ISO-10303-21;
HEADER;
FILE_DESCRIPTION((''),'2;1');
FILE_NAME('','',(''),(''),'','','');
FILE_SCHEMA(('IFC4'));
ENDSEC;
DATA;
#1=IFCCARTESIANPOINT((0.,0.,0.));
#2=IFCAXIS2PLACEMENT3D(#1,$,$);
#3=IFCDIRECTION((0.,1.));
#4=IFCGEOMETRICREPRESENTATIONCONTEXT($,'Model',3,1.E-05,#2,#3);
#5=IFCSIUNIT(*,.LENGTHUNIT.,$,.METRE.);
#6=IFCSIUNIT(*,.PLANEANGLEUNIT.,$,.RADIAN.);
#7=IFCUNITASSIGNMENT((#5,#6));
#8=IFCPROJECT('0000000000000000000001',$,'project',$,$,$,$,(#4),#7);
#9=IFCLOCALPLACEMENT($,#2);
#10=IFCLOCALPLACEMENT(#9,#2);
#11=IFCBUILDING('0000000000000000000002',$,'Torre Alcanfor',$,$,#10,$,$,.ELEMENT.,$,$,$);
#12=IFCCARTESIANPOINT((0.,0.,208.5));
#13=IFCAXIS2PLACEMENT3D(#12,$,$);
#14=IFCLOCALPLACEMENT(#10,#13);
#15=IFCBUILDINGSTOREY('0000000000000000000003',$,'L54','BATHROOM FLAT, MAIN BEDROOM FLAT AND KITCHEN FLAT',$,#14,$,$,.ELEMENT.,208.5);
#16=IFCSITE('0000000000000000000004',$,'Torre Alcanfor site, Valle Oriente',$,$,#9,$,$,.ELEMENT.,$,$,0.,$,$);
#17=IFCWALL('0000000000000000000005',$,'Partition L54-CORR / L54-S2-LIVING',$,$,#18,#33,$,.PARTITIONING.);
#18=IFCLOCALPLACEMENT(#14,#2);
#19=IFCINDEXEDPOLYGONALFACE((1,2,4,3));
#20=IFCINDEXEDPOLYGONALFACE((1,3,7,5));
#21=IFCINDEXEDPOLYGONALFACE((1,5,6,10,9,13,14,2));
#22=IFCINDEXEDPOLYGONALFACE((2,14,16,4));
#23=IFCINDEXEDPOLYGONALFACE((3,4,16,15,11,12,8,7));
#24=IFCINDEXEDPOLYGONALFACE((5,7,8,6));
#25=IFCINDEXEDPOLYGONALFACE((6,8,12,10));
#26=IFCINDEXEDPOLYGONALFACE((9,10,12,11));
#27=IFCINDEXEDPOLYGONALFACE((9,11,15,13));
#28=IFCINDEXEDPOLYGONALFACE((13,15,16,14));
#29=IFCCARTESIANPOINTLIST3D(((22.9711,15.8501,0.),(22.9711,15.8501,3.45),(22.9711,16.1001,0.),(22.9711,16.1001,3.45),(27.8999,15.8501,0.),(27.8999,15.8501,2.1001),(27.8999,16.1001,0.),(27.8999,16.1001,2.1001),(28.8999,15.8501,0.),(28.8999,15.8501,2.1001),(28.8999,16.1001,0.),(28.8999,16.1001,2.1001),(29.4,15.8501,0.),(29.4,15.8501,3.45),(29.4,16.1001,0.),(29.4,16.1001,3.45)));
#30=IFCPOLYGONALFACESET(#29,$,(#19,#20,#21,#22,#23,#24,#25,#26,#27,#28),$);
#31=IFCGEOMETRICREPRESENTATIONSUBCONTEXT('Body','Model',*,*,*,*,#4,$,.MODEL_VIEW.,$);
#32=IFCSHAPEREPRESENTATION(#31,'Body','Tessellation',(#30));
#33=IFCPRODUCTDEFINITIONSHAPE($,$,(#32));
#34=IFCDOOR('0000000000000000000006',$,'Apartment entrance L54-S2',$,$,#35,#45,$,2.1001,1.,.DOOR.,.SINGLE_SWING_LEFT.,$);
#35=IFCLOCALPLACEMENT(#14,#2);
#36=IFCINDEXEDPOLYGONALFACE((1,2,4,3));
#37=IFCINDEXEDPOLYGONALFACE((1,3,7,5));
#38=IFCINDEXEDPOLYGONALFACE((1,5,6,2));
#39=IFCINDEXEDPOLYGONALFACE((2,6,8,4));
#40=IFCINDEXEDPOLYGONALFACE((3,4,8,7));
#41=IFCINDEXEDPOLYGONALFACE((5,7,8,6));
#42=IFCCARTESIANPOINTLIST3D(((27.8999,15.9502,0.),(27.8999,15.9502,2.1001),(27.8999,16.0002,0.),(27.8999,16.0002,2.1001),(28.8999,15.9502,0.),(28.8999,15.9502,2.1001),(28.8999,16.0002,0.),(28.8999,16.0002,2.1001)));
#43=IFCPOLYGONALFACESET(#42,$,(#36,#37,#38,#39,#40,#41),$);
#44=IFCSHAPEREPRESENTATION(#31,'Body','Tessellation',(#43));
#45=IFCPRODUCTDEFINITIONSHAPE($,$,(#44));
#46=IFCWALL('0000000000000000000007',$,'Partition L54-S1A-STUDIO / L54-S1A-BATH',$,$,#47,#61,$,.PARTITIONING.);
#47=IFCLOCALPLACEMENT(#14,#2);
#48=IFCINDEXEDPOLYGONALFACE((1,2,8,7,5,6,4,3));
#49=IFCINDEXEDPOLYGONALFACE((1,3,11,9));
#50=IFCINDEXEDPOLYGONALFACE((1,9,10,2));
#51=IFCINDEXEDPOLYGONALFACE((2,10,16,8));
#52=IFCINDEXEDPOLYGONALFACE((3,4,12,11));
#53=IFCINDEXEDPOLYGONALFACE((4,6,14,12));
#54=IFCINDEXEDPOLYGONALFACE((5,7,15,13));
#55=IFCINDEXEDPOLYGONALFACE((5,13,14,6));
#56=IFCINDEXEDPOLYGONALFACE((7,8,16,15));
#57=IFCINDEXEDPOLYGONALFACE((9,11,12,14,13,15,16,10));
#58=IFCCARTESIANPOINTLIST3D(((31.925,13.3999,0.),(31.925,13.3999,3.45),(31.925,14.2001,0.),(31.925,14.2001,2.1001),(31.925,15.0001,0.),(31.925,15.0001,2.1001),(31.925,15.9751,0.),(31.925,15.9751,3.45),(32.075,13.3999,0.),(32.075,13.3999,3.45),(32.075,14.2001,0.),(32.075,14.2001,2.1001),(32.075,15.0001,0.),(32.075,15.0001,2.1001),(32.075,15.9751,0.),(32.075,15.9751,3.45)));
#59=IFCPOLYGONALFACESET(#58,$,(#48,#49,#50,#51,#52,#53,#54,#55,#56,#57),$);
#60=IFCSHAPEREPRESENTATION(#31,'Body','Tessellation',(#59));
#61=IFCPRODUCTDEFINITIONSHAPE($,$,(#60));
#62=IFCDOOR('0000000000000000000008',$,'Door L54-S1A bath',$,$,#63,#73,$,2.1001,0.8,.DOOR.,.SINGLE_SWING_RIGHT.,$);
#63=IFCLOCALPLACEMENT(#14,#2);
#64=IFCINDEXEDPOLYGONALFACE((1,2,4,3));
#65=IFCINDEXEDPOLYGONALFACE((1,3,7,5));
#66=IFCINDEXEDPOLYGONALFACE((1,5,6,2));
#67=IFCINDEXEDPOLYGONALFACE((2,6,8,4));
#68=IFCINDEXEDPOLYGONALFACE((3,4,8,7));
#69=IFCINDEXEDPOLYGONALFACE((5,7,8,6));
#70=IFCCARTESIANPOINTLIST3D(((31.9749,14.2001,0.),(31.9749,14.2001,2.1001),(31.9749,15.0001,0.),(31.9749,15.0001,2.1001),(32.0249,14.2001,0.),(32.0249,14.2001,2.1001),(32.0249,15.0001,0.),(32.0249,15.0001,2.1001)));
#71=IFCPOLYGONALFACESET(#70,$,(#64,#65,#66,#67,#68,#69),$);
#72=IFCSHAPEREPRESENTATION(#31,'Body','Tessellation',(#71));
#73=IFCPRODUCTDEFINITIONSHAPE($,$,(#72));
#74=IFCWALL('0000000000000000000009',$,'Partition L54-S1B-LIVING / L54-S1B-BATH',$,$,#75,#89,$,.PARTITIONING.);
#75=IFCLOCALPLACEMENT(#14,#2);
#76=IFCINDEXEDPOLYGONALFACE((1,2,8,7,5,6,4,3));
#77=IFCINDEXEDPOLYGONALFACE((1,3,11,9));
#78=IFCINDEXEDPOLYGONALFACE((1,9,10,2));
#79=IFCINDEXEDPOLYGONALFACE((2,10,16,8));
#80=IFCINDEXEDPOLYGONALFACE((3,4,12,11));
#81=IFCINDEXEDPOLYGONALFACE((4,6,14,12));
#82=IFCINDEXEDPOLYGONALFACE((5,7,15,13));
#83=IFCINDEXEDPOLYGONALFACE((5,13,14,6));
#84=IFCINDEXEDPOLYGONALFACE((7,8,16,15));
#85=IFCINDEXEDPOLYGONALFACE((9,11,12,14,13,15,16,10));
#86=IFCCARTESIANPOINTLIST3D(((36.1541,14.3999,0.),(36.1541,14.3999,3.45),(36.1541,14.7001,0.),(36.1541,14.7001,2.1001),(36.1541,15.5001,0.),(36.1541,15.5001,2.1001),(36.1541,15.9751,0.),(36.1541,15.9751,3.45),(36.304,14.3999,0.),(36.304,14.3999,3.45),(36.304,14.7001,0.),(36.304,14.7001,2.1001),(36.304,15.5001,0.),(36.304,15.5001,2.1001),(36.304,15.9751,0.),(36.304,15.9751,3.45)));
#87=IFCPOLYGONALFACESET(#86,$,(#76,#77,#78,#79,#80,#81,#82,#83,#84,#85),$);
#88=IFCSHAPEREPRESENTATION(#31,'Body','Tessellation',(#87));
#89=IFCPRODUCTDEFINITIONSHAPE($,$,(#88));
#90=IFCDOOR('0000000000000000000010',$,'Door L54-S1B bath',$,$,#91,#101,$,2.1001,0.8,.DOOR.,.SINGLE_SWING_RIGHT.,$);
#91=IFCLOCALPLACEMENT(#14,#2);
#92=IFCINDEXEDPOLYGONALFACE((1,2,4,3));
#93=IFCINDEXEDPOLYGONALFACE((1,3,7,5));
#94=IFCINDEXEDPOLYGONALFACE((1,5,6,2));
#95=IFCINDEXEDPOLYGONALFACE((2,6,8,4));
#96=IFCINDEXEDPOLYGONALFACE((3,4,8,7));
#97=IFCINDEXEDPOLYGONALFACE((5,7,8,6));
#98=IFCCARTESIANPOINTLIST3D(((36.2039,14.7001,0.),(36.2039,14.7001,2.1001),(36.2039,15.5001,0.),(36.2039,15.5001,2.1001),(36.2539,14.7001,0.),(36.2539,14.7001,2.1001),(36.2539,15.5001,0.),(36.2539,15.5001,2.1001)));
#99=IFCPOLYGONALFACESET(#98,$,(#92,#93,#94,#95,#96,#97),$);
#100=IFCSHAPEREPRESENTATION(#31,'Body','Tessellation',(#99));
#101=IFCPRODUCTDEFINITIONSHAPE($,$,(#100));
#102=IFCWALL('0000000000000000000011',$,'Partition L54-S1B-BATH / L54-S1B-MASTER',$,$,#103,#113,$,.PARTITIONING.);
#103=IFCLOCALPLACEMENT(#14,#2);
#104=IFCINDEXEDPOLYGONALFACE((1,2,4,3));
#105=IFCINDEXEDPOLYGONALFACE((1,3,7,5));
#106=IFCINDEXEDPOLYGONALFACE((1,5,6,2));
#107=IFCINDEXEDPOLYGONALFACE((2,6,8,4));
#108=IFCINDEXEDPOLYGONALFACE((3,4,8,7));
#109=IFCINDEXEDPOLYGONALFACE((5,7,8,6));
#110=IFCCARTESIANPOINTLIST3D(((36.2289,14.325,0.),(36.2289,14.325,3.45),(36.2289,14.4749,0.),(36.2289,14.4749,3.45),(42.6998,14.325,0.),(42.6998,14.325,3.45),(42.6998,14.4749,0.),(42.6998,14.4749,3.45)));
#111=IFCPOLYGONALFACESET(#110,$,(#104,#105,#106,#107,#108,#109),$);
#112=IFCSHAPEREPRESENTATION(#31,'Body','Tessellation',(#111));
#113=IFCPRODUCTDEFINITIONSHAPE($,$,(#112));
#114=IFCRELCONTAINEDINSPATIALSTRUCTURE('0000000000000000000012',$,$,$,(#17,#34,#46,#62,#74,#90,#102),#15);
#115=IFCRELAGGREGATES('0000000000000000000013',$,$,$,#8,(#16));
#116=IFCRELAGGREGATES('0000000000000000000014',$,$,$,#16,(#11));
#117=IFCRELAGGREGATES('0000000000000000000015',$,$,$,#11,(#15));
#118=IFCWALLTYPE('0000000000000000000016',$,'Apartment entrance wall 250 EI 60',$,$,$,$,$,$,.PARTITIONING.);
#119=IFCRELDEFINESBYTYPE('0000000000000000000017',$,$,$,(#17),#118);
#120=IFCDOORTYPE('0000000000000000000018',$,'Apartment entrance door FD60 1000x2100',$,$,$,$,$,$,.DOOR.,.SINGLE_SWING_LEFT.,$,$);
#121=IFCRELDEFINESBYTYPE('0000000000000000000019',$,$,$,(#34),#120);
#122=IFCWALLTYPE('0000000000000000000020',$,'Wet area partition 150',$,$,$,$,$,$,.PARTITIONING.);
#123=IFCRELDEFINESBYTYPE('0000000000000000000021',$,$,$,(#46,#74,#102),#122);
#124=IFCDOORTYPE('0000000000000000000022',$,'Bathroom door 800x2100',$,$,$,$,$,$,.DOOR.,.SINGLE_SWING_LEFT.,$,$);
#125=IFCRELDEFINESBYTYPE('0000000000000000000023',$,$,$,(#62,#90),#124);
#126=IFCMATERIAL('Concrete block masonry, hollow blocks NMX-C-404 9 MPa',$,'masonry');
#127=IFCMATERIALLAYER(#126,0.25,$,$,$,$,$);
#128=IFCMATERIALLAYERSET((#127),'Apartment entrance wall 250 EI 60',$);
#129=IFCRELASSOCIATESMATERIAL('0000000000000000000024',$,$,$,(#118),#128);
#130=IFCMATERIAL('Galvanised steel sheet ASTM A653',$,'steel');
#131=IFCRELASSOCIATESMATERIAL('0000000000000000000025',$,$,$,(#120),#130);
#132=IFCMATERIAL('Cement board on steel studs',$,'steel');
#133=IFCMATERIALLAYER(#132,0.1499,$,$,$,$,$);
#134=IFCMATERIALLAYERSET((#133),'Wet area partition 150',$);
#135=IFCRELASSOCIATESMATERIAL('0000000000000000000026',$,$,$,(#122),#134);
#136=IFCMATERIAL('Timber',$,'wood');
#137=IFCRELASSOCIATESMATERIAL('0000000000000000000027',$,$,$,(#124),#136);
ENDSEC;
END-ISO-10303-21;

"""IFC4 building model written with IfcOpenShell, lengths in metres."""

from ifc_helpers import new_model, si_unit, direction, frame, frame_2d, origin, place, context, subcontext, project, spatial, rectangle, extrude, material, layer, layer_set, type_object, element, fill, save


model = new_model("IFC4")

# Units and contexts
model_context = context("Model", 3, precision=1e-05, world=origin(), true_north=direction((0.0, 1.0)))
body_context = subcontext(model_context, "Body", "Model", "MODEL_VIEW")
ifc_project = project(units=[si_unit("LENGTHUNIT", "METRE"), si_unit("PLANEANGLEUNIT", "RADIAN")], contexts=[model_context])

# Site, building, storey
site_placement = place(None, origin())
site = spatial("IfcSite", under=ifc_project, at=site_placement, Name="Torre Alcanfor site, Valle Oriente", CompositionType="ELEMENT", RefElevation=0.0)
building_placement = place(site_placement, origin())
building = spatial("IfcBuilding", under=site, at=building_placement, Name="Torre Alcanfor", CompositionType="ELEMENT")
storey_placement = place(building_placement, frame((0.0, 0.0, 208.5)))
storey = spatial("IfcBuildingStorey", under=building, at=storey_placement, Name="L54", Description="BATHROOM FLAT, MAIN BEDROOM FLAT AND KITCHEN FLAT", CompositionType="ELEMENT", Elevation=208.5)

# Shared definitions
ifc_material_1 = material(Name="Concrete block masonry, hollow blocks NMX-C-404 9 MPa", Category="masonry")
ifc_layer_1 = layer(ifc_material_1, 0.25)
ifc_layer_set_1 = layer_set([ifc_layer_1], Name="Apartment entrance wall 250 EI 60")
wall_type_1 = type_object("IfcWallType", Name="Apartment entrance wall 250 EI 60", PredefinedType="PARTITIONING", material=ifc_layer_set_1)
ifc_material_2 = material(Name="Galvanised steel sheet ASTM A653", Category="steel")
door_type_1 = type_object("IfcDoorType", Name="Apartment entrance door FD60 1000x2100", OperationType="SINGLE_SWING_LEFT", PredefinedType="DOOR", material=ifc_material_2)

# Walls, openings, doors
wall_1_placement = place(storey_placement, frame((29.3999, 15.9751, 0.0), z_axis=(0.0, 0.0, 1.0), x_axis=(-1.0, 0.0, 0.0)))
wall_1 = element("IfcWall", 1, at=wall_1_placement, inside=storey, type_object=wall_type_1, Name="Partition L54-CORR / L54-S2-LIVING", PredefinedType="PARTITIONING", context=body_context, shape_type="SweptSolid", body=[
    extrude(rectangle(XDim=6.429, YDim=0.25, at=frame_2d((3.2144, 0.0))), origin(), (0.0, 0.0, 1.0), 3.45),
])
opening_1_placement = place(wall_1_placement, frame((0.5, 0.0, 0.0)))
opening_1 = element("IfcOpeningElement", 2, at=opening_1_placement, cuts=wall_1, PredefinedType="OPENING", context=body_context, shape_type="SweptSolid", body=[
    extrude(rectangle(XDim=1.0, YDim=2.1001, at=frame_2d((0.5, 1.05))), frame((0.0, 0.135, 0.0), z_axis=(0.0, -1.0, 0.0), x_axis=(1.0, 0.0, 0.0)), (0.0, 0.0, 1.0), 0.27),
])
door_1_placement = place(opening_1_placement, origin())
door_1 = element("IfcDoor", 3, at=door_1_placement, inside=storey, type_object=door_type_1, Name="Apartment entrance L54-S2", OperationType="SINGLE_SWING_LEFT", OverallHeight=2.1001, OverallWidth=1.0, PredefinedType="DOOR", context=body_context, shape_type="SweptSolid", body=[
    extrude(rectangle(XDim=1.0, YDim=2.1001, at=frame_2d((0.5, 1.05))), frame((0.0, 0.0249, 0.0), z_axis=(0.0, -1.0, 0.0), x_axis=(1.0, 0.0, 0.0)), (0.0, 0.0, 1.0), 0.05),
])
fill(opening_1, door_1)
ifc_material_3 = material(Name="Cement board on steel studs", Category="steel")
ifc_layer_2 = layer(ifc_material_3, 0.1499)
ifc_layer_set_2 = layer_set([ifc_layer_2], Name="Wet area partition 150")
wall_type_2 = type_object("IfcWallType", Name="Wet area partition 150", PredefinedType="PARTITIONING", material=ifc_layer_set_2)
wall_2_placement = place(storey_placement, frame((32.0, 15.9751, 0.0), z_axis=(0.0, 0.0, 1.0), x_axis=(0.0, -1.0, 0.0)))
wall_2 = element("IfcWall", 4, at=wall_2_placement, inside=storey, type_object=wall_type_2, Name="Partition L54-S1A-STUDIO / L54-S1A-BATH", PredefinedType="PARTITIONING", context=body_context, shape_type="SweptSolid", body=[
    extrude(rectangle(XDim=2.5752, YDim=0.1499, at=frame_2d((1.2876, 0.0))), origin(), (0.0, 0.0, 1.0), 3.45),
])
opening_2_placement = place(wall_2_placement, frame((0.9751, 0.0, 0.0)))
opening_2 = element("IfcOpeningElement", 5, at=opening_2_placement, cuts=wall_2, PredefinedType="OPENING", context=body_context, shape_type="SweptSolid", body=[
    extrude(rectangle(XDim=0.8, YDim=2.1001, at=frame_2d((0.3999, 1.05))), frame((0.0, 0.085, 0.0), z_axis=(0.0, -1.0, 0.0), x_axis=(1.0, 0.0, 0.0)), (0.0, 0.0, 1.0), 0.1699),
])
ifc_material_4 = material(Name="Timber", Category="wood")
door_type_2 = type_object("IfcDoorType", Name="Bathroom door 800x2100", OperationType="SINGLE_SWING_LEFT", PredefinedType="DOOR", material=ifc_material_4)
door_2_placement = place(opening_2_placement, origin())
door_2 = element("IfcDoor", 6, at=door_2_placement, inside=storey, type_object=door_type_2, Name="Door L54-S1A bath", OperationType="SINGLE_SWING_RIGHT", OverallHeight=2.1001, OverallWidth=0.8, PredefinedType="DOOR", context=body_context, shape_type="SweptSolid", body=[
    extrude(rectangle(XDim=0.8, YDim=2.1001, at=frame_2d((0.3999, 1.05))), frame((0.0, 0.0249, 0.0), z_axis=(0.0, -1.0, 0.0), x_axis=(1.0, 0.0, 0.0)), (0.0, 0.0, 1.0), 0.05),
])
fill(opening_2, door_2)
wall_3_placement = place(storey_placement, frame((36.229, 15.9751, 0.0), z_axis=(0.0, 0.0, 1.0), x_axis=(0.0, -1.0, 0.0)))
wall_3 = element("IfcWall", 7, at=wall_3_placement, inside=storey, type_object=wall_type_2, Name="Partition L54-S1B-LIVING / L54-S1B-BATH", PredefinedType="PARTITIONING", context=body_context, shape_type="SweptSolid", body=[
    extrude(rectangle(XDim=1.5752, YDim=0.1499, at=frame_2d((0.7876, 0.0))), origin(), (0.0, 0.0, 1.0), 3.45),
])
opening_3_placement = place(wall_3_placement, frame((0.4751, 0.0, 0.0)))
opening_3 = element("IfcOpeningElement", 8, at=opening_3_placement, cuts=wall_3, PredefinedType="OPENING", context=body_context, shape_type="SweptSolid", body=[
    extrude(rectangle(XDim=0.8, YDim=2.1001, at=frame_2d((0.3999, 1.05))), frame((0.0, 0.085, 0.0), z_axis=(0.0, -1.0, 0.0), x_axis=(1.0, 0.0, 0.0)), (0.0, 0.0, 1.0), 0.1699),
])
door_3_placement = place(opening_3_placement, origin())
door_3 = element("IfcDoor", 9, at=door_3_placement, inside=storey, type_object=door_type_2, Name="Door L54-S1B bath", OperationType="SINGLE_SWING_RIGHT", OverallHeight=2.1001, OverallWidth=0.8, PredefinedType="DOOR", context=body_context, shape_type="SweptSolid", body=[
    extrude(rectangle(XDim=0.8, YDim=2.1001, at=frame_2d((0.3999, 1.05))), frame((0.0, 0.0249, 0.0), z_axis=(0.0, -1.0, 0.0), x_axis=(1.0, 0.0, 0.0)), (0.0, 0.0, 1.0), 0.05),
])
fill(opening_3, door_3)

# Wall
wall_4_placement = place(storey_placement, frame((36.229, 14.3999, 0.0), z_axis=(0.0, 0.0, 1.0), x_axis=(1.0, 0.0, 0.0)))
element("IfcWall", 10, at=wall_4_placement, inside=storey, type_object=wall_type_2, Name="Partition L54-S1B-BATH / L54-S1B-MASTER", PredefinedType="PARTITIONING", context=body_context, shape_type="SweptSolid", body=[
    extrude(rectangle(XDim=6.4709, YDim=0.1499, at=frame_2d((3.2354, 0.0))), origin(), (0.0, 0.0, 1.0), 3.45),
])

save(model, "model.ifc")
